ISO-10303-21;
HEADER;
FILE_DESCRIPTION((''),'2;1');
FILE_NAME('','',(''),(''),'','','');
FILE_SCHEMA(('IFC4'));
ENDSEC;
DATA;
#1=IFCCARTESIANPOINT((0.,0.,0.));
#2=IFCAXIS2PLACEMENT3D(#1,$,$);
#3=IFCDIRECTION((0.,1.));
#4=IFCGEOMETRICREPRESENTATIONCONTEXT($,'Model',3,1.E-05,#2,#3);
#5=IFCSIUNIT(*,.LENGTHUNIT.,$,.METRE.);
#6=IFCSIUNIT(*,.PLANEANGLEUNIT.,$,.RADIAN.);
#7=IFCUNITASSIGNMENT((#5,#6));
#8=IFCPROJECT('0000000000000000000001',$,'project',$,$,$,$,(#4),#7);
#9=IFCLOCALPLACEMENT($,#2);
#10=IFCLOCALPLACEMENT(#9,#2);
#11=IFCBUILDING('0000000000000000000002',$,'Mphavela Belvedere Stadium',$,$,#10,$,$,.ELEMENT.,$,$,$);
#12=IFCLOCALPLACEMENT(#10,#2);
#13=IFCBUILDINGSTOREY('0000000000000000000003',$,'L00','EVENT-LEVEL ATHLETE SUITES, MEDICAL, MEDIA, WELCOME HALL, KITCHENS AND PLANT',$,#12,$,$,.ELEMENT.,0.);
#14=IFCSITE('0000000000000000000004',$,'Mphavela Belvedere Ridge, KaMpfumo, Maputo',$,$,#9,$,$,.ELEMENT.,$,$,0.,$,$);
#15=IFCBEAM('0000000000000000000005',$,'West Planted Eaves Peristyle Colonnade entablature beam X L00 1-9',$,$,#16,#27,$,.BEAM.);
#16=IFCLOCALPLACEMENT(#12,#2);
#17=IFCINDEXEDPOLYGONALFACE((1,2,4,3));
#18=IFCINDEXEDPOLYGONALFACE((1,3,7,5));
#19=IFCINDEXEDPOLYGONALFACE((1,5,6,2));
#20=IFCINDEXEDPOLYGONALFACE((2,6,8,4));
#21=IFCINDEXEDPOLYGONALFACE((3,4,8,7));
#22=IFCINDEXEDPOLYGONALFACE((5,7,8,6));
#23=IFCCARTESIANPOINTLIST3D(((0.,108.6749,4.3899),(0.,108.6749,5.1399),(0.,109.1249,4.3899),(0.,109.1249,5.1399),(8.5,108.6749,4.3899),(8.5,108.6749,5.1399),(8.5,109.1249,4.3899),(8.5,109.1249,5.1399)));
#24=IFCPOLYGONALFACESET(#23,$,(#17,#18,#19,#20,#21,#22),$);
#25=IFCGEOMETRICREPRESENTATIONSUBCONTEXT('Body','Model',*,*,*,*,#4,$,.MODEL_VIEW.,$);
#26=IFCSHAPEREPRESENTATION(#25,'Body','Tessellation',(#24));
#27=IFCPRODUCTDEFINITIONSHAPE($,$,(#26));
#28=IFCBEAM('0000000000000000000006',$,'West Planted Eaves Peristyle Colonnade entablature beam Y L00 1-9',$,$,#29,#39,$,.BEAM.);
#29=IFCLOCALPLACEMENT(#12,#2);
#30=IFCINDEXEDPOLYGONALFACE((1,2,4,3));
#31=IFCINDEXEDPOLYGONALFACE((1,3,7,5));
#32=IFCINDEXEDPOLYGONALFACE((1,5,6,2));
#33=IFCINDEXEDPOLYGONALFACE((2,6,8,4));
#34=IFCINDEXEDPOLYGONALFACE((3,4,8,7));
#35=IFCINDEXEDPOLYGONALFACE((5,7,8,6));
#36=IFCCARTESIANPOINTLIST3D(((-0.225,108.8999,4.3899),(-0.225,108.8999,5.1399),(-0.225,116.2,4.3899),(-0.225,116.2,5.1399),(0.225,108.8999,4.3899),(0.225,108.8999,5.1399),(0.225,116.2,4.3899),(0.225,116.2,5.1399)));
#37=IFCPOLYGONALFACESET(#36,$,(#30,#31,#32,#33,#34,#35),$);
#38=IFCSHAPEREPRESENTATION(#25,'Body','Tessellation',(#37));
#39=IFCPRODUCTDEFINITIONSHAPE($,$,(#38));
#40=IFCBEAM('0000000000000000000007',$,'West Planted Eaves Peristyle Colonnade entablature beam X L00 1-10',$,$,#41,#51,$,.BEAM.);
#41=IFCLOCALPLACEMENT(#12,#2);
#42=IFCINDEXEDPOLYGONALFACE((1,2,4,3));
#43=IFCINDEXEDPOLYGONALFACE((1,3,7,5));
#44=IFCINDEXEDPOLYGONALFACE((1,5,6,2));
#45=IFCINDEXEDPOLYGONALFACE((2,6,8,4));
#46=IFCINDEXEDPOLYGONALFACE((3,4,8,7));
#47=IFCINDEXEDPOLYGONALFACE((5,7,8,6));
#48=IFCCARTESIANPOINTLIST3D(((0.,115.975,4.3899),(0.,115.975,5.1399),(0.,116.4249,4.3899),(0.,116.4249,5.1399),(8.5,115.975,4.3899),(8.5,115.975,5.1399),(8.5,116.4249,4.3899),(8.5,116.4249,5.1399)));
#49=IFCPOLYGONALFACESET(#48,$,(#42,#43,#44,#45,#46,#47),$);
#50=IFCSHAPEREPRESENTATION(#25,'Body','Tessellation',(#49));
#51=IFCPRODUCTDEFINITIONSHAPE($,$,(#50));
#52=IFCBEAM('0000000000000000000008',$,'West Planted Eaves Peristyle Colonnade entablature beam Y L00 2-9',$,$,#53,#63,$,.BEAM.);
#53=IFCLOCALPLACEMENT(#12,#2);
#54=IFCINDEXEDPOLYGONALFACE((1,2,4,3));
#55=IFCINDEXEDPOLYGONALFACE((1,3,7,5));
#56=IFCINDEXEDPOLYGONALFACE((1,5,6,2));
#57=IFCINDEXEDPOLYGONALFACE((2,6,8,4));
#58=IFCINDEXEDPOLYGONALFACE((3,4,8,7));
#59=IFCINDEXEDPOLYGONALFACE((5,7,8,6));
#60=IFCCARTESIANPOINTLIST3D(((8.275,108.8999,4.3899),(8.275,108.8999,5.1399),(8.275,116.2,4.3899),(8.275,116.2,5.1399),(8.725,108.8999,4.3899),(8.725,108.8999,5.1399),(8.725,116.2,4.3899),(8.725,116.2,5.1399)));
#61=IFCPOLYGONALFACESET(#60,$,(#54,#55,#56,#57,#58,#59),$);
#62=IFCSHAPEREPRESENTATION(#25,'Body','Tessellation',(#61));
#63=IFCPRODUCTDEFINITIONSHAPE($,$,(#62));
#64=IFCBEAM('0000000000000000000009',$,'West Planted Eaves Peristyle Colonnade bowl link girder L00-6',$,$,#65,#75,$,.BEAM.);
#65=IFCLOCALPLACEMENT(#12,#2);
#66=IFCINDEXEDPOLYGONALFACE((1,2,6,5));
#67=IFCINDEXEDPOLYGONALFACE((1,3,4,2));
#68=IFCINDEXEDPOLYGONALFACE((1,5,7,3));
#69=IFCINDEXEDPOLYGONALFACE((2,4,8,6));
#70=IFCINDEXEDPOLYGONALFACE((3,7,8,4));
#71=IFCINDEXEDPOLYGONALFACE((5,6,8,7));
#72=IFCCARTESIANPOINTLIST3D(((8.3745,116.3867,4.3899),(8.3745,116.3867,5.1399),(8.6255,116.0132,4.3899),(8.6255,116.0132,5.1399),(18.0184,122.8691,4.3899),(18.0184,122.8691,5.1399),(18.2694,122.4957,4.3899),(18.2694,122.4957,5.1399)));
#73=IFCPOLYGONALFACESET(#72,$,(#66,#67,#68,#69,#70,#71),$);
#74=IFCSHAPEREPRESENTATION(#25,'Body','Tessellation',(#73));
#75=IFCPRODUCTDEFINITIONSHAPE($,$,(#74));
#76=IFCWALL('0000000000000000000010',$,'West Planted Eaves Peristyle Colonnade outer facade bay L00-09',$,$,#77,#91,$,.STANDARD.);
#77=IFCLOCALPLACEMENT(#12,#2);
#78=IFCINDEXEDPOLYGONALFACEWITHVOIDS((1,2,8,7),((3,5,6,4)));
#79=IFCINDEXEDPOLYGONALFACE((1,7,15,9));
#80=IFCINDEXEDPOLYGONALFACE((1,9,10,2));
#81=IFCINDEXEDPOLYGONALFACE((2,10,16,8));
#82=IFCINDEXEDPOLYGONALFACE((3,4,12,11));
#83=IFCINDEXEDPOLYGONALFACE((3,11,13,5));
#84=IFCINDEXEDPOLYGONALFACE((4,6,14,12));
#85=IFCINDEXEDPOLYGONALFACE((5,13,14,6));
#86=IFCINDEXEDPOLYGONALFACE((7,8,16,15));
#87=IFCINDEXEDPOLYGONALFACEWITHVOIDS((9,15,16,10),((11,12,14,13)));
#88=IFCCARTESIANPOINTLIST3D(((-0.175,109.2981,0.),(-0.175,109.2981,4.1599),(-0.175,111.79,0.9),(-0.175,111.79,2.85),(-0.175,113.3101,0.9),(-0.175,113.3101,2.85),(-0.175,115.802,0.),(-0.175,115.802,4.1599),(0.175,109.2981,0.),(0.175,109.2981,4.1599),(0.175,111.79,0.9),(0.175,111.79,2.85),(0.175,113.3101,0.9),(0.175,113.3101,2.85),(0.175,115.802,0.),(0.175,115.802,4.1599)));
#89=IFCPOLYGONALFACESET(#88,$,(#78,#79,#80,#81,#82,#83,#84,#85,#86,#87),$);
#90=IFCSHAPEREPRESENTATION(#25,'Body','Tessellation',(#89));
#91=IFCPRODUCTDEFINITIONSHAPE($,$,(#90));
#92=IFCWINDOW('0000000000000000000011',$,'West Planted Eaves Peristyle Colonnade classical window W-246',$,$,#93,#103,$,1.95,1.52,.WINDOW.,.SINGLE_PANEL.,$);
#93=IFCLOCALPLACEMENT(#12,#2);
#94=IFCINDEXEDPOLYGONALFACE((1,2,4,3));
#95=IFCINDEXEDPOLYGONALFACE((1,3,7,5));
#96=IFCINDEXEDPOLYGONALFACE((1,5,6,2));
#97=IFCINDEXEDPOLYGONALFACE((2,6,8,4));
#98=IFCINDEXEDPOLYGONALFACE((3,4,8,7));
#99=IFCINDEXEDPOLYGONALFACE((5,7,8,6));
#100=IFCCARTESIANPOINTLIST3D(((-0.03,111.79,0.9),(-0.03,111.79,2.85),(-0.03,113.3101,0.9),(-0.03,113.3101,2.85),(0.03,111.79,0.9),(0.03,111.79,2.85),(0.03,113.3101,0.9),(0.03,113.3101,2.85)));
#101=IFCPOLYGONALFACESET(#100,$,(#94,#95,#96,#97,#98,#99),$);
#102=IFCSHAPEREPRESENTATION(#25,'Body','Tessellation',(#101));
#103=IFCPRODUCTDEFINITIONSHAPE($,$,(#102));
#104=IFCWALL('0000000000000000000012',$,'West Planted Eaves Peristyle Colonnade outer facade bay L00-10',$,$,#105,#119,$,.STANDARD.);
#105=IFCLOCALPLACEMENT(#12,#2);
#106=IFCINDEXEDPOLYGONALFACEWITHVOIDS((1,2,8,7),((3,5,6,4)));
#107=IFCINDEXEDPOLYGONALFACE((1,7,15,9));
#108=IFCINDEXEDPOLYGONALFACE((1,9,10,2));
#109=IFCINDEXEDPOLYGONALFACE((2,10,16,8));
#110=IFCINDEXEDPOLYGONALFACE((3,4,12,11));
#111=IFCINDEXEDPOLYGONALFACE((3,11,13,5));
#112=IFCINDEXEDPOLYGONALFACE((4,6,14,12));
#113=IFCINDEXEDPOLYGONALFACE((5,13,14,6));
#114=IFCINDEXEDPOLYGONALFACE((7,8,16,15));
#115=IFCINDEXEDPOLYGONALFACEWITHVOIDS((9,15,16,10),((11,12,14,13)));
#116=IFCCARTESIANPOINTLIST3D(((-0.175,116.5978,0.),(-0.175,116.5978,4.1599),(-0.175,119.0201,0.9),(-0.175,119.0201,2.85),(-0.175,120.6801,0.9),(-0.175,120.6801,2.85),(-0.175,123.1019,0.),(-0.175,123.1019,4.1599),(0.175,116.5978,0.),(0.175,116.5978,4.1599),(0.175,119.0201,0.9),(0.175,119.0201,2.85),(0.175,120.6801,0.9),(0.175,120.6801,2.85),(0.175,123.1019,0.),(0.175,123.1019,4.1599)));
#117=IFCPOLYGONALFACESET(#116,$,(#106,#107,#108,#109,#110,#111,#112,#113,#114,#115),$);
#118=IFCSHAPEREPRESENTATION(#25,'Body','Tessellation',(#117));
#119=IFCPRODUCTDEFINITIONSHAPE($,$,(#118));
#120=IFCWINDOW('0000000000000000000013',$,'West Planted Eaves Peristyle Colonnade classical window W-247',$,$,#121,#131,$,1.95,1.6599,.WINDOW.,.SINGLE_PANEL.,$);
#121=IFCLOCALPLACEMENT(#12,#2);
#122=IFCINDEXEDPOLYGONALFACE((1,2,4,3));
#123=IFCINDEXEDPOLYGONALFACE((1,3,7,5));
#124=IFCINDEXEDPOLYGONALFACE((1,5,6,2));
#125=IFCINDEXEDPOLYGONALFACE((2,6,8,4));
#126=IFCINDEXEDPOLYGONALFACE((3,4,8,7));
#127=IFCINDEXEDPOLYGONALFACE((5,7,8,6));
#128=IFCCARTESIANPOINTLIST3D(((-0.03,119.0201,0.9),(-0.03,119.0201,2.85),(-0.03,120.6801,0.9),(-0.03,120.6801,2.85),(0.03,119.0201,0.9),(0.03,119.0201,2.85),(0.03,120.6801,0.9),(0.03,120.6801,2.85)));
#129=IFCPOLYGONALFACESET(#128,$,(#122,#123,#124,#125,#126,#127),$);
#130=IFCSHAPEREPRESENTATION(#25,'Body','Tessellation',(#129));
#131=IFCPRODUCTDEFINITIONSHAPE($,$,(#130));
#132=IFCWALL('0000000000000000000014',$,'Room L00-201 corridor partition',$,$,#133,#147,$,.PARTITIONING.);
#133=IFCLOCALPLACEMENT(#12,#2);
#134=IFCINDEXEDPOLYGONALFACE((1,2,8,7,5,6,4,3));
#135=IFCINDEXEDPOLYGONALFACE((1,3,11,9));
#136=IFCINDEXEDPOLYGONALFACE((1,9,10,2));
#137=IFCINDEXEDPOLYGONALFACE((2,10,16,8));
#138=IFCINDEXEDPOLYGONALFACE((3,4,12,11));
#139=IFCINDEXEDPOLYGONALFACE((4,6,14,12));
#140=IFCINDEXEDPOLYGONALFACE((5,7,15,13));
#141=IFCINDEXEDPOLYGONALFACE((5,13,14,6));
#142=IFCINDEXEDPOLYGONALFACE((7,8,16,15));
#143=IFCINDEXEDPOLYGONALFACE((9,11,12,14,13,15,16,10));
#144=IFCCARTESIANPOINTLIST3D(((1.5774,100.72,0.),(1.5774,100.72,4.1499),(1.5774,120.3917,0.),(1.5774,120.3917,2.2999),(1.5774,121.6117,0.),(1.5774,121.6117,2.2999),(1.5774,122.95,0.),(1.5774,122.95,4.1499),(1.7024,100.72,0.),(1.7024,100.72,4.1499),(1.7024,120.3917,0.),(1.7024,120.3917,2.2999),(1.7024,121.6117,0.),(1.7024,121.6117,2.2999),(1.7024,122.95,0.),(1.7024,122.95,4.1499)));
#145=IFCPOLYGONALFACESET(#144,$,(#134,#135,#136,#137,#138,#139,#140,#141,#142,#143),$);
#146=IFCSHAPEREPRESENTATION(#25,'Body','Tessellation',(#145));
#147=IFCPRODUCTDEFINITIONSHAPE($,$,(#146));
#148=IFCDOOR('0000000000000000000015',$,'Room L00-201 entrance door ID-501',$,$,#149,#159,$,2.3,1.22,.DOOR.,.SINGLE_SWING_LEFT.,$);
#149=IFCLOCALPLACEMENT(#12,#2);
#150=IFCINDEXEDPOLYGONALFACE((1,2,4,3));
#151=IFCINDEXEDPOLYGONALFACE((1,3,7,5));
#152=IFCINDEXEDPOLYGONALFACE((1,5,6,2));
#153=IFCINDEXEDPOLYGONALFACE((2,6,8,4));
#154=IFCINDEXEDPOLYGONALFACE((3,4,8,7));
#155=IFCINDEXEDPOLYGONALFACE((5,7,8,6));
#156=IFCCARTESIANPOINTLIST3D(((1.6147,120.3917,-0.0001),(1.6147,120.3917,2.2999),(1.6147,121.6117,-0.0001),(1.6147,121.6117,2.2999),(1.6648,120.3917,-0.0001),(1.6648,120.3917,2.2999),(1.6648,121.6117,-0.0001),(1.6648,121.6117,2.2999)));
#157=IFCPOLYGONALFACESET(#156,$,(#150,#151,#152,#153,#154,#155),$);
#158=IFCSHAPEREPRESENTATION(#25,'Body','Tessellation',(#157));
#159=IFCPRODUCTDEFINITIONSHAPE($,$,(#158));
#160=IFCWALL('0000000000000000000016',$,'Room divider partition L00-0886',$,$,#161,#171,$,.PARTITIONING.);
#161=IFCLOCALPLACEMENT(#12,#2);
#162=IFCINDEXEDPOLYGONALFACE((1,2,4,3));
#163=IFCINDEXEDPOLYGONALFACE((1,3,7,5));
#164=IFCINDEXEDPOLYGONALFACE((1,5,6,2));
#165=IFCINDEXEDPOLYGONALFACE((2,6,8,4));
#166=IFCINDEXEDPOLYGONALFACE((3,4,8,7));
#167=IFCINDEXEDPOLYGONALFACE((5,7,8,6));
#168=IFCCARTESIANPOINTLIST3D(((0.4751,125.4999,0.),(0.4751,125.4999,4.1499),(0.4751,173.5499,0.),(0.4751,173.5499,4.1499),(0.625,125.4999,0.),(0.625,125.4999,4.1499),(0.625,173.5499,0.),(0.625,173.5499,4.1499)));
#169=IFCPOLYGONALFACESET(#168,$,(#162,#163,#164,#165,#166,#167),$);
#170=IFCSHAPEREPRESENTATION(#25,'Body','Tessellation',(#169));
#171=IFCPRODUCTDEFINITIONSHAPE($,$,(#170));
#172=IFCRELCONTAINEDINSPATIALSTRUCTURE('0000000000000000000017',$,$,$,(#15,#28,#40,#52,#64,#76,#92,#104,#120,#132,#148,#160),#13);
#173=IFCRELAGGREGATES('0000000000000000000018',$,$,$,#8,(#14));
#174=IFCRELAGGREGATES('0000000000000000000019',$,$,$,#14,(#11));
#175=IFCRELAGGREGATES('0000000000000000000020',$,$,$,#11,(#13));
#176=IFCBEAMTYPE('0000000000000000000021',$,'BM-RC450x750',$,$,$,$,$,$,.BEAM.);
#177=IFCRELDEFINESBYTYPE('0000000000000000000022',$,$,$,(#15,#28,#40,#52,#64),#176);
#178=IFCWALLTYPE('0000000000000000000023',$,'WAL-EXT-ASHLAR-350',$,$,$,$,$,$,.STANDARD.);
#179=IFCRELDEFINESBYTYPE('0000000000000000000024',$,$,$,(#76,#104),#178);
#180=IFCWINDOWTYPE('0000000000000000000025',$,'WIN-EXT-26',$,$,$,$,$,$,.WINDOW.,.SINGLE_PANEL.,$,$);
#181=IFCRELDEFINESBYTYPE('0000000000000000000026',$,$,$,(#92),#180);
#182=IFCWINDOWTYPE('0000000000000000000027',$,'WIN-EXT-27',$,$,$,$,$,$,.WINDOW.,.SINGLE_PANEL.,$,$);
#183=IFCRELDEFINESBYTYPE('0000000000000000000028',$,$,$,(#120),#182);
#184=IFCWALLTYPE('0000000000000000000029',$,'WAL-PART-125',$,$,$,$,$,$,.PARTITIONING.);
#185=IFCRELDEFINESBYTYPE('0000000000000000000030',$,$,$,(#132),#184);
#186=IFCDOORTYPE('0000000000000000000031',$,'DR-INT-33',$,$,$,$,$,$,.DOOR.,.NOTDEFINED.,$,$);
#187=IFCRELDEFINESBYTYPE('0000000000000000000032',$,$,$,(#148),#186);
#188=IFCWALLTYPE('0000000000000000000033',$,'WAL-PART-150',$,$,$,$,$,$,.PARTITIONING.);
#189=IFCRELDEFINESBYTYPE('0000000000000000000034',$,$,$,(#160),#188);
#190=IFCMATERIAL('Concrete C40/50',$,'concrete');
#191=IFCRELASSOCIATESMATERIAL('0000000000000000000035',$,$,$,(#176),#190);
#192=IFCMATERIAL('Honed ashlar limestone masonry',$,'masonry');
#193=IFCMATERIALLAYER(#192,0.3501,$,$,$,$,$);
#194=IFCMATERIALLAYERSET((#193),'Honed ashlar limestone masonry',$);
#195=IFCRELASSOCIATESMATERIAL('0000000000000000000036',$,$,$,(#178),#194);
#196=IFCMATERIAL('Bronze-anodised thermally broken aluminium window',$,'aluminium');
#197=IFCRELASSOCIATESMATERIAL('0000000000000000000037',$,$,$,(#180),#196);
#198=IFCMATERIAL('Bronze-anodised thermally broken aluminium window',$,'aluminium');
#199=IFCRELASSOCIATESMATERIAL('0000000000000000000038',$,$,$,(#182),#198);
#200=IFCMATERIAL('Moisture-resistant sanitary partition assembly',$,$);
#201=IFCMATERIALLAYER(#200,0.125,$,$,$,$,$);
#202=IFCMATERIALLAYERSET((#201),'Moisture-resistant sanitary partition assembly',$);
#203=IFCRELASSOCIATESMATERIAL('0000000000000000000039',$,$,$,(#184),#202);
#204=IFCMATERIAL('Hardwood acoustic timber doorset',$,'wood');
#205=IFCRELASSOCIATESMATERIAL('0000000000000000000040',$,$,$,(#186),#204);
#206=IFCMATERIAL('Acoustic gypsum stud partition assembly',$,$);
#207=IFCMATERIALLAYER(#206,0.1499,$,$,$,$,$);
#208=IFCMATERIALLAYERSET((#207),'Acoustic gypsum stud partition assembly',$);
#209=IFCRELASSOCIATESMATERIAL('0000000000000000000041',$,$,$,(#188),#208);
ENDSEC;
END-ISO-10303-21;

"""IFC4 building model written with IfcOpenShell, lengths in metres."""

from ifc_helpers import new_model, si_unit, direction, frame, frame_2d, origin, origin_2d, place, context, subcontext, project, spatial, rectangle, extrude, material, layer, layer_set, material_profile, profile_set, type_object, element, fill, save


model = new_model("IFC4")

# Units and contexts
model_context = context("Model", 3, precision=1e-05, world=origin(), true_north=direction((0.0, 1.0)))
body_context = subcontext(model_context, "Body", "Model", "MODEL_VIEW")
ifc_project = project(units=[si_unit("LENGTHUNIT", "METRE"), si_unit("PLANEANGLEUNIT", "RADIAN")], contexts=[model_context])

# Site, building, storey
site_placement = place(None, origin())
site = spatial("IfcSite", under=ifc_project, at=site_placement, Name="Mphavela Belvedere Ridge, KaMpfumo, Maputo", CompositionType="ELEMENT", RefElevation=0.0)
building_placement = place(site_placement, origin())
building = spatial("IfcBuilding", under=site, at=building_placement, Name="Mphavela Belvedere Stadium", CompositionType="ELEMENT")
storey_placement = place(building_placement, origin())
storey = spatial("IfcBuildingStorey", under=building, at=storey_placement, Name="L00", Description="EVENT-LEVEL ATHLETE SUITES, MEDICAL, MEDIA, WELCOME HALL, KITCHENS AND PLANT", CompositionType="ELEMENT", Elevation=0.0)

# Beams
ifc_material_1 = material(Name="Concrete C40/50", Category="concrete")
ifc_material_profile_1 = material_profile(ifc_material_1, rectangle(XDim=0.45, YDim=0.75, at=origin_2d()), Name="RC 450x750")
ifc_profile_set_1 = profile_set([ifc_material_profile_1], Name="Concrete C40/50")
beam_type_1 = type_object("IfcBeamType", Name="BM-RC450x750", PredefinedType="BEAM", material=ifc_profile_set_1)
beam_1_placement = place(storey_placement, frame((0.0, 108.8999, 4.7649), z_axis=(1.0, 0.0, 0.0), x_axis=(0.0, 1.0, 0.0)))
element("IfcBeam", 1, at=beam_1_placement, inside=storey, type_object=beam_type_1, Name="West Planted Eaves Peristyle Colonnade entablature beam X L00 1-9", PredefinedType="BEAM", context=body_context, shape_type="SweptSolid", body=[
    extrude(rectangle(XDim=0.45, YDim=0.75, at=origin_2d()), origin(), (0.0, 0.0, 1.0), 8.5),
])
beam_2_placement = place(storey_placement, frame((0.0, 108.8999, 4.7649), z_axis=(0.0, 1.0, 0.0), x_axis=(-1.0, 0.0, 0.0)))
element("IfcBeam", 2, at=beam_2_placement, inside=storey, type_object=beam_type_1, Name="West Planted Eaves Peristyle Colonnade entablature beam Y L00 1-9", PredefinedType="BEAM", context=body_context, shape_type="SweptSolid", body=[
    extrude(rectangle(XDim=0.45, YDim=0.75, at=origin_2d()), origin(), (0.0, 0.0, 1.0), 7.3),
])
beam_3_placement = place(storey_placement, frame((0.0, 116.2, 4.7649), z_axis=(1.0, 0.0, 0.0), x_axis=(0.0, 1.0, 0.0)))
element("IfcBeam", 3, at=beam_3_placement, inside=storey, type_object=beam_type_1, Name="West Planted Eaves Peristyle Colonnade entablature beam X L00 1-10", PredefinedType="BEAM", context=body_context, shape_type="SweptSolid", body=[
    extrude(rectangle(XDim=0.45, YDim=0.75, at=origin_2d()), origin(), (0.0, 0.0, 1.0), 8.5),
])
beam_4_placement = place(storey_placement, frame((8.5, 108.8999, 4.7649), z_axis=(0.0, 1.0, 0.0), x_axis=(-1.0, 0.0, 0.0)))
element("IfcBeam", 4, at=beam_4_placement, inside=storey, type_object=beam_type_1, Name="West Planted Eaves Peristyle Colonnade entablature beam Y L00 2-9", PredefinedType="BEAM", context=body_context, shape_type="SweptSolid", body=[
    extrude(rectangle(XDim=0.45, YDim=0.75, at=origin_2d()), origin(), (0.0, 0.0, 1.0), 7.3),
])
beam_5_placement = place(storey_placement, frame((8.5, 116.2, 4.7649), z_axis=(0.82993, 0.557867, 0.0), x_axis=(-0.557867, 0.82993, 0.0)))
element("IfcBeam", 5, at=beam_5_placement, inside=storey, type_object=beam_type_1, Name="West Planted Eaves Peristyle Colonnade bowl link girder L00-6", PredefinedType="BEAM", context=body_context, shape_type="SweptSolid", body=[
    extrude(rectangle(XDim=0.45, YDim=0.75, at=origin_2d()), origin(), (0.0, 0.0, 1.0), 11.6201),
])

# Walls, openings, windows
ifc_material_2 = material(Name="Honed ashlar limestone masonry", Category="masonry")
ifc_layer_1 = layer(ifc_material_2, 0.3501)
ifc_layer_set_1 = layer_set([ifc_layer_1], Name="Honed ashlar limestone masonry")
wall_type_1 = type_object("IfcWallType", Name="WAL-EXT-ASHLAR-350", PredefinedType="STANDARD", material=ifc_layer_set_1)
wall_1_placement = place(storey_placement, frame((0.0, 109.2981, 0.0), z_axis=(0.0, 0.0, 1.0), x_axis=(0.0, 1.0, 0.0)))
wall_1 = element("IfcWall", 6, at=wall_1_placement, inside=storey, type_object=wall_type_1, Name="West Planted Eaves Peristyle Colonnade outer facade bay L00-09", PredefinedType="STANDARD", context=body_context, shape_type="SweptSolid", body=[
    extrude(rectangle(XDim=6.5039, YDim=0.3501, at=frame_2d((3.252, 0.0))), origin(), (0.0, 0.0, 1.0), 4.1599),
])
opening_1_placement = place(wall_1_placement, frame((2.4919, 0.0, 0.8999)))
opening_1 = element("IfcOpeningElement", 7, at=opening_1_placement, cuts=wall_1, PredefinedType="OPENING", context=body_context, shape_type="SweptSolid", body=[
    extrude(rectangle(XDim=1.52, YDim=1.95, at=frame_2d((0.76, 0.9751))), frame((0.0, 0.1851, 0.0), z_axis=(0.0, -1.0, 0.0), x_axis=(1.0, 0.0, 0.0)), (0.0, 0.0, 1.0), 0.3701),
])
ifc_material_3 = material(Name="Bronze-anodised thermally broken aluminium window", Category="aluminium")
window_type_1 = type_object("IfcWindowType", Name="WIN-EXT-26", PartitioningType="SINGLE_PANEL", PredefinedType="WINDOW", material=ifc_material_3)
window_1_placement = place(opening_1_placement, origin())
window_1 = element("IfcWindow", 8, at=window_1_placement, inside=storey, type_object=window_type_1, Name="West Planted Eaves Peristyle Colonnade classical window W-246", OverallHeight=1.95, OverallWidth=1.52, PartitioningType="SINGLE_PANEL", PredefinedType="WINDOW", context=body_context, shape_type="SweptSolid", body=[
    extrude(rectangle(XDim=1.52, YDim=1.95, at=frame_2d((0.76, 0.9751))), frame((0.0, 0.03, 0.0), z_axis=(0.0, -1.0, 0.0), x_axis=(1.0, 0.0, 0.0)), (0.0, 0.0, 1.0), 0.0601),
])
fill(opening_1, window_1)
wall_2_placement = place(storey_placement, frame((0.0, 116.5979, 0.0), z_axis=(0.0, 0.0, 1.0), x_axis=(0.0, 1.0, 0.0)))
wall_2 = element("IfcWall", 9, at=wall_2_placement, inside=storey, type_object=wall_type_1, Name="West Planted Eaves Peristyle Colonnade outer facade bay L00-10", PredefinedType="STANDARD", context=body_context, shape_type="SweptSolid", body=[
    extrude(rectangle(XDim=6.5042, YDim=0.3501, at=frame_2d((3.252, 0.0))), origin(), (0.0, 0.0, 1.0), 4.1599),
])
opening_2_placement = place(wall_2_placement, frame((2.4221, 0.0, 0.8999)))
opening_2 = element("IfcOpeningElement", 10, at=opening_2_placement, cuts=wall_2, PredefinedType="OPENING", context=body_context, shape_type="SweptSolid", body=[
    extrude(rectangle(XDim=1.6599, YDim=1.95, at=frame_2d((0.8301, 0.9751))), frame((0.0, 0.1851, 0.0), z_axis=(0.0, -1.0, 0.0), x_axis=(1.0, 0.0, 0.0)), (0.0, 0.0, 1.0), 0.3701),
])
ifc_material_4 = material(Name="Bronze-anodised thermally broken aluminium window", Category="aluminium")
window_type_2 = type_object("IfcWindowType", Name="WIN-EXT-27", PartitioningType="SINGLE_PANEL", PredefinedType="WINDOW", material=ifc_material_4)
window_2_placement = place(opening_2_placement, origin())
window_2 = element("IfcWindow", 11, at=window_2_placement, inside=storey, type_object=window_type_2, Name="West Planted Eaves Peristyle Colonnade classical window W-247", OverallHeight=1.95, OverallWidth=1.6599, PartitioningType="SINGLE_PANEL", PredefinedType="WINDOW", context=body_context, shape_type="SweptSolid", body=[
    extrude(rectangle(XDim=1.6599, YDim=1.95, at=frame_2d((0.8301, 0.9751))), frame((0.0, 0.03, 0.0), z_axis=(0.0, -1.0, 0.0), x_axis=(1.0, 0.0, 0.0)), (0.0, 0.0, 1.0), 0.0601),
])
fill(opening_2, window_2)

# Wall, opening, door
ifc_material_5 = material(Name="Moisture-resistant sanitary partition assembly")
ifc_layer_2 = layer(ifc_material_5, 0.125)
ifc_layer_set_2 = layer_set([ifc_layer_2], Name="Moisture-resistant sanitary partition assembly")
wall_type_2 = type_object("IfcWallType", Name="WAL-PART-125", PredefinedType="PARTITIONING", material=ifc_layer_set_2)
wall_3_placement = place(storey_placement, frame((1.6399, 122.95, 0.0), z_axis=(0.0, 0.0, 1.0), x_axis=(0.0, -1.0, 0.0)))
wall_3 = element("IfcWall", 12, at=wall_3_placement, inside=storey, type_object=wall_type_2, Name="Room L00-201 corridor partition", PredefinedType="PARTITIONING", context=body_context, shape_type="SweptSolid", body=[
    extrude(rectangle(XDim=22.23, YDim=0.125, at=frame_2d((11.115, 0.0))), origin(), (0.0, 0.0, 1.0), 4.1499),
])
opening_3_placement = place(wall_3_placement, frame((1.3384, 0.0, 0.0)))
opening_3 = element("IfcOpeningElement", 13, at=opening_3_placement, cuts=wall_3, PredefinedType="OPENING", context=body_context, shape_type="SweptSolid", body=[
    extrude(rectangle(XDim=1.22, YDim=2.3, at=frame_2d((0.6099, 1.1499))), frame((0.0, 0.0725, 0.0), z_axis=(0.0, -1.0, 0.0), x_axis=(1.0, 0.0, 0.0)), (0.0, 0.0, 1.0), 0.145),
])
ifc_material_6 = material(Name="Hardwood acoustic timber doorset", Category="wood")
door_type = type_object("IfcDoorType", Name="DR-INT-33", OperationType="NOTDEFINED", PredefinedType="DOOR", material=ifc_material_6)
door_placement = place(opening_3_placement, origin())
door = element("IfcDoor", 14, at=door_placement, inside=storey, type_object=door_type, Name="Room L00-201 entrance door ID-501", OperationType="SINGLE_SWING_LEFT", OverallHeight=2.3, OverallWidth=1.22, PredefinedType="DOOR", context=body_context, shape_type="SweptSolid", body=[
    extrude(rectangle(XDim=1.22, YDim=2.3, at=frame_2d((0.6099, 1.1499))), frame((0.0, 0.0249, 0.0), z_axis=(0.0, -1.0, 0.0), x_axis=(1.0, 0.0, 0.0)), (0.0, 0.0, 1.0), 0.05),
])
fill(opening_3, door)

# Wall
ifc_material_7 = material(Name="Acoustic gypsum stud partition assembly")
ifc_layer_3 = layer(ifc_material_7, 0.1499)
ifc_layer_set_3 = layer_set([ifc_layer_3], Name="Acoustic gypsum stud partition assembly")
wall_type_3 = type_object("IfcWallType", Name="WAL-PART-150", PredefinedType="PARTITIONING", material=ifc_layer_set_3)
wall_4_placement = place(storey_placement, frame((0.55, 125.5, 0.0), z_axis=(0.0, 0.0, 1.0), x_axis=(0.0, 1.0, 0.0)))
element("IfcWall", 15, at=wall_4_placement, inside=storey, type_object=wall_type_3, Name="Room divider partition L00-0886", PredefinedType="PARTITIONING", context=body_context, shape_type="SweptSolid", body=[
    extrude(rectangle(XDim=48.05, YDim=0.1499, at=frame_2d((24.0249, 0.0))), origin(), (0.0, 0.0, 1.0), 4.1499),
])

save(model, "model.ifc")
